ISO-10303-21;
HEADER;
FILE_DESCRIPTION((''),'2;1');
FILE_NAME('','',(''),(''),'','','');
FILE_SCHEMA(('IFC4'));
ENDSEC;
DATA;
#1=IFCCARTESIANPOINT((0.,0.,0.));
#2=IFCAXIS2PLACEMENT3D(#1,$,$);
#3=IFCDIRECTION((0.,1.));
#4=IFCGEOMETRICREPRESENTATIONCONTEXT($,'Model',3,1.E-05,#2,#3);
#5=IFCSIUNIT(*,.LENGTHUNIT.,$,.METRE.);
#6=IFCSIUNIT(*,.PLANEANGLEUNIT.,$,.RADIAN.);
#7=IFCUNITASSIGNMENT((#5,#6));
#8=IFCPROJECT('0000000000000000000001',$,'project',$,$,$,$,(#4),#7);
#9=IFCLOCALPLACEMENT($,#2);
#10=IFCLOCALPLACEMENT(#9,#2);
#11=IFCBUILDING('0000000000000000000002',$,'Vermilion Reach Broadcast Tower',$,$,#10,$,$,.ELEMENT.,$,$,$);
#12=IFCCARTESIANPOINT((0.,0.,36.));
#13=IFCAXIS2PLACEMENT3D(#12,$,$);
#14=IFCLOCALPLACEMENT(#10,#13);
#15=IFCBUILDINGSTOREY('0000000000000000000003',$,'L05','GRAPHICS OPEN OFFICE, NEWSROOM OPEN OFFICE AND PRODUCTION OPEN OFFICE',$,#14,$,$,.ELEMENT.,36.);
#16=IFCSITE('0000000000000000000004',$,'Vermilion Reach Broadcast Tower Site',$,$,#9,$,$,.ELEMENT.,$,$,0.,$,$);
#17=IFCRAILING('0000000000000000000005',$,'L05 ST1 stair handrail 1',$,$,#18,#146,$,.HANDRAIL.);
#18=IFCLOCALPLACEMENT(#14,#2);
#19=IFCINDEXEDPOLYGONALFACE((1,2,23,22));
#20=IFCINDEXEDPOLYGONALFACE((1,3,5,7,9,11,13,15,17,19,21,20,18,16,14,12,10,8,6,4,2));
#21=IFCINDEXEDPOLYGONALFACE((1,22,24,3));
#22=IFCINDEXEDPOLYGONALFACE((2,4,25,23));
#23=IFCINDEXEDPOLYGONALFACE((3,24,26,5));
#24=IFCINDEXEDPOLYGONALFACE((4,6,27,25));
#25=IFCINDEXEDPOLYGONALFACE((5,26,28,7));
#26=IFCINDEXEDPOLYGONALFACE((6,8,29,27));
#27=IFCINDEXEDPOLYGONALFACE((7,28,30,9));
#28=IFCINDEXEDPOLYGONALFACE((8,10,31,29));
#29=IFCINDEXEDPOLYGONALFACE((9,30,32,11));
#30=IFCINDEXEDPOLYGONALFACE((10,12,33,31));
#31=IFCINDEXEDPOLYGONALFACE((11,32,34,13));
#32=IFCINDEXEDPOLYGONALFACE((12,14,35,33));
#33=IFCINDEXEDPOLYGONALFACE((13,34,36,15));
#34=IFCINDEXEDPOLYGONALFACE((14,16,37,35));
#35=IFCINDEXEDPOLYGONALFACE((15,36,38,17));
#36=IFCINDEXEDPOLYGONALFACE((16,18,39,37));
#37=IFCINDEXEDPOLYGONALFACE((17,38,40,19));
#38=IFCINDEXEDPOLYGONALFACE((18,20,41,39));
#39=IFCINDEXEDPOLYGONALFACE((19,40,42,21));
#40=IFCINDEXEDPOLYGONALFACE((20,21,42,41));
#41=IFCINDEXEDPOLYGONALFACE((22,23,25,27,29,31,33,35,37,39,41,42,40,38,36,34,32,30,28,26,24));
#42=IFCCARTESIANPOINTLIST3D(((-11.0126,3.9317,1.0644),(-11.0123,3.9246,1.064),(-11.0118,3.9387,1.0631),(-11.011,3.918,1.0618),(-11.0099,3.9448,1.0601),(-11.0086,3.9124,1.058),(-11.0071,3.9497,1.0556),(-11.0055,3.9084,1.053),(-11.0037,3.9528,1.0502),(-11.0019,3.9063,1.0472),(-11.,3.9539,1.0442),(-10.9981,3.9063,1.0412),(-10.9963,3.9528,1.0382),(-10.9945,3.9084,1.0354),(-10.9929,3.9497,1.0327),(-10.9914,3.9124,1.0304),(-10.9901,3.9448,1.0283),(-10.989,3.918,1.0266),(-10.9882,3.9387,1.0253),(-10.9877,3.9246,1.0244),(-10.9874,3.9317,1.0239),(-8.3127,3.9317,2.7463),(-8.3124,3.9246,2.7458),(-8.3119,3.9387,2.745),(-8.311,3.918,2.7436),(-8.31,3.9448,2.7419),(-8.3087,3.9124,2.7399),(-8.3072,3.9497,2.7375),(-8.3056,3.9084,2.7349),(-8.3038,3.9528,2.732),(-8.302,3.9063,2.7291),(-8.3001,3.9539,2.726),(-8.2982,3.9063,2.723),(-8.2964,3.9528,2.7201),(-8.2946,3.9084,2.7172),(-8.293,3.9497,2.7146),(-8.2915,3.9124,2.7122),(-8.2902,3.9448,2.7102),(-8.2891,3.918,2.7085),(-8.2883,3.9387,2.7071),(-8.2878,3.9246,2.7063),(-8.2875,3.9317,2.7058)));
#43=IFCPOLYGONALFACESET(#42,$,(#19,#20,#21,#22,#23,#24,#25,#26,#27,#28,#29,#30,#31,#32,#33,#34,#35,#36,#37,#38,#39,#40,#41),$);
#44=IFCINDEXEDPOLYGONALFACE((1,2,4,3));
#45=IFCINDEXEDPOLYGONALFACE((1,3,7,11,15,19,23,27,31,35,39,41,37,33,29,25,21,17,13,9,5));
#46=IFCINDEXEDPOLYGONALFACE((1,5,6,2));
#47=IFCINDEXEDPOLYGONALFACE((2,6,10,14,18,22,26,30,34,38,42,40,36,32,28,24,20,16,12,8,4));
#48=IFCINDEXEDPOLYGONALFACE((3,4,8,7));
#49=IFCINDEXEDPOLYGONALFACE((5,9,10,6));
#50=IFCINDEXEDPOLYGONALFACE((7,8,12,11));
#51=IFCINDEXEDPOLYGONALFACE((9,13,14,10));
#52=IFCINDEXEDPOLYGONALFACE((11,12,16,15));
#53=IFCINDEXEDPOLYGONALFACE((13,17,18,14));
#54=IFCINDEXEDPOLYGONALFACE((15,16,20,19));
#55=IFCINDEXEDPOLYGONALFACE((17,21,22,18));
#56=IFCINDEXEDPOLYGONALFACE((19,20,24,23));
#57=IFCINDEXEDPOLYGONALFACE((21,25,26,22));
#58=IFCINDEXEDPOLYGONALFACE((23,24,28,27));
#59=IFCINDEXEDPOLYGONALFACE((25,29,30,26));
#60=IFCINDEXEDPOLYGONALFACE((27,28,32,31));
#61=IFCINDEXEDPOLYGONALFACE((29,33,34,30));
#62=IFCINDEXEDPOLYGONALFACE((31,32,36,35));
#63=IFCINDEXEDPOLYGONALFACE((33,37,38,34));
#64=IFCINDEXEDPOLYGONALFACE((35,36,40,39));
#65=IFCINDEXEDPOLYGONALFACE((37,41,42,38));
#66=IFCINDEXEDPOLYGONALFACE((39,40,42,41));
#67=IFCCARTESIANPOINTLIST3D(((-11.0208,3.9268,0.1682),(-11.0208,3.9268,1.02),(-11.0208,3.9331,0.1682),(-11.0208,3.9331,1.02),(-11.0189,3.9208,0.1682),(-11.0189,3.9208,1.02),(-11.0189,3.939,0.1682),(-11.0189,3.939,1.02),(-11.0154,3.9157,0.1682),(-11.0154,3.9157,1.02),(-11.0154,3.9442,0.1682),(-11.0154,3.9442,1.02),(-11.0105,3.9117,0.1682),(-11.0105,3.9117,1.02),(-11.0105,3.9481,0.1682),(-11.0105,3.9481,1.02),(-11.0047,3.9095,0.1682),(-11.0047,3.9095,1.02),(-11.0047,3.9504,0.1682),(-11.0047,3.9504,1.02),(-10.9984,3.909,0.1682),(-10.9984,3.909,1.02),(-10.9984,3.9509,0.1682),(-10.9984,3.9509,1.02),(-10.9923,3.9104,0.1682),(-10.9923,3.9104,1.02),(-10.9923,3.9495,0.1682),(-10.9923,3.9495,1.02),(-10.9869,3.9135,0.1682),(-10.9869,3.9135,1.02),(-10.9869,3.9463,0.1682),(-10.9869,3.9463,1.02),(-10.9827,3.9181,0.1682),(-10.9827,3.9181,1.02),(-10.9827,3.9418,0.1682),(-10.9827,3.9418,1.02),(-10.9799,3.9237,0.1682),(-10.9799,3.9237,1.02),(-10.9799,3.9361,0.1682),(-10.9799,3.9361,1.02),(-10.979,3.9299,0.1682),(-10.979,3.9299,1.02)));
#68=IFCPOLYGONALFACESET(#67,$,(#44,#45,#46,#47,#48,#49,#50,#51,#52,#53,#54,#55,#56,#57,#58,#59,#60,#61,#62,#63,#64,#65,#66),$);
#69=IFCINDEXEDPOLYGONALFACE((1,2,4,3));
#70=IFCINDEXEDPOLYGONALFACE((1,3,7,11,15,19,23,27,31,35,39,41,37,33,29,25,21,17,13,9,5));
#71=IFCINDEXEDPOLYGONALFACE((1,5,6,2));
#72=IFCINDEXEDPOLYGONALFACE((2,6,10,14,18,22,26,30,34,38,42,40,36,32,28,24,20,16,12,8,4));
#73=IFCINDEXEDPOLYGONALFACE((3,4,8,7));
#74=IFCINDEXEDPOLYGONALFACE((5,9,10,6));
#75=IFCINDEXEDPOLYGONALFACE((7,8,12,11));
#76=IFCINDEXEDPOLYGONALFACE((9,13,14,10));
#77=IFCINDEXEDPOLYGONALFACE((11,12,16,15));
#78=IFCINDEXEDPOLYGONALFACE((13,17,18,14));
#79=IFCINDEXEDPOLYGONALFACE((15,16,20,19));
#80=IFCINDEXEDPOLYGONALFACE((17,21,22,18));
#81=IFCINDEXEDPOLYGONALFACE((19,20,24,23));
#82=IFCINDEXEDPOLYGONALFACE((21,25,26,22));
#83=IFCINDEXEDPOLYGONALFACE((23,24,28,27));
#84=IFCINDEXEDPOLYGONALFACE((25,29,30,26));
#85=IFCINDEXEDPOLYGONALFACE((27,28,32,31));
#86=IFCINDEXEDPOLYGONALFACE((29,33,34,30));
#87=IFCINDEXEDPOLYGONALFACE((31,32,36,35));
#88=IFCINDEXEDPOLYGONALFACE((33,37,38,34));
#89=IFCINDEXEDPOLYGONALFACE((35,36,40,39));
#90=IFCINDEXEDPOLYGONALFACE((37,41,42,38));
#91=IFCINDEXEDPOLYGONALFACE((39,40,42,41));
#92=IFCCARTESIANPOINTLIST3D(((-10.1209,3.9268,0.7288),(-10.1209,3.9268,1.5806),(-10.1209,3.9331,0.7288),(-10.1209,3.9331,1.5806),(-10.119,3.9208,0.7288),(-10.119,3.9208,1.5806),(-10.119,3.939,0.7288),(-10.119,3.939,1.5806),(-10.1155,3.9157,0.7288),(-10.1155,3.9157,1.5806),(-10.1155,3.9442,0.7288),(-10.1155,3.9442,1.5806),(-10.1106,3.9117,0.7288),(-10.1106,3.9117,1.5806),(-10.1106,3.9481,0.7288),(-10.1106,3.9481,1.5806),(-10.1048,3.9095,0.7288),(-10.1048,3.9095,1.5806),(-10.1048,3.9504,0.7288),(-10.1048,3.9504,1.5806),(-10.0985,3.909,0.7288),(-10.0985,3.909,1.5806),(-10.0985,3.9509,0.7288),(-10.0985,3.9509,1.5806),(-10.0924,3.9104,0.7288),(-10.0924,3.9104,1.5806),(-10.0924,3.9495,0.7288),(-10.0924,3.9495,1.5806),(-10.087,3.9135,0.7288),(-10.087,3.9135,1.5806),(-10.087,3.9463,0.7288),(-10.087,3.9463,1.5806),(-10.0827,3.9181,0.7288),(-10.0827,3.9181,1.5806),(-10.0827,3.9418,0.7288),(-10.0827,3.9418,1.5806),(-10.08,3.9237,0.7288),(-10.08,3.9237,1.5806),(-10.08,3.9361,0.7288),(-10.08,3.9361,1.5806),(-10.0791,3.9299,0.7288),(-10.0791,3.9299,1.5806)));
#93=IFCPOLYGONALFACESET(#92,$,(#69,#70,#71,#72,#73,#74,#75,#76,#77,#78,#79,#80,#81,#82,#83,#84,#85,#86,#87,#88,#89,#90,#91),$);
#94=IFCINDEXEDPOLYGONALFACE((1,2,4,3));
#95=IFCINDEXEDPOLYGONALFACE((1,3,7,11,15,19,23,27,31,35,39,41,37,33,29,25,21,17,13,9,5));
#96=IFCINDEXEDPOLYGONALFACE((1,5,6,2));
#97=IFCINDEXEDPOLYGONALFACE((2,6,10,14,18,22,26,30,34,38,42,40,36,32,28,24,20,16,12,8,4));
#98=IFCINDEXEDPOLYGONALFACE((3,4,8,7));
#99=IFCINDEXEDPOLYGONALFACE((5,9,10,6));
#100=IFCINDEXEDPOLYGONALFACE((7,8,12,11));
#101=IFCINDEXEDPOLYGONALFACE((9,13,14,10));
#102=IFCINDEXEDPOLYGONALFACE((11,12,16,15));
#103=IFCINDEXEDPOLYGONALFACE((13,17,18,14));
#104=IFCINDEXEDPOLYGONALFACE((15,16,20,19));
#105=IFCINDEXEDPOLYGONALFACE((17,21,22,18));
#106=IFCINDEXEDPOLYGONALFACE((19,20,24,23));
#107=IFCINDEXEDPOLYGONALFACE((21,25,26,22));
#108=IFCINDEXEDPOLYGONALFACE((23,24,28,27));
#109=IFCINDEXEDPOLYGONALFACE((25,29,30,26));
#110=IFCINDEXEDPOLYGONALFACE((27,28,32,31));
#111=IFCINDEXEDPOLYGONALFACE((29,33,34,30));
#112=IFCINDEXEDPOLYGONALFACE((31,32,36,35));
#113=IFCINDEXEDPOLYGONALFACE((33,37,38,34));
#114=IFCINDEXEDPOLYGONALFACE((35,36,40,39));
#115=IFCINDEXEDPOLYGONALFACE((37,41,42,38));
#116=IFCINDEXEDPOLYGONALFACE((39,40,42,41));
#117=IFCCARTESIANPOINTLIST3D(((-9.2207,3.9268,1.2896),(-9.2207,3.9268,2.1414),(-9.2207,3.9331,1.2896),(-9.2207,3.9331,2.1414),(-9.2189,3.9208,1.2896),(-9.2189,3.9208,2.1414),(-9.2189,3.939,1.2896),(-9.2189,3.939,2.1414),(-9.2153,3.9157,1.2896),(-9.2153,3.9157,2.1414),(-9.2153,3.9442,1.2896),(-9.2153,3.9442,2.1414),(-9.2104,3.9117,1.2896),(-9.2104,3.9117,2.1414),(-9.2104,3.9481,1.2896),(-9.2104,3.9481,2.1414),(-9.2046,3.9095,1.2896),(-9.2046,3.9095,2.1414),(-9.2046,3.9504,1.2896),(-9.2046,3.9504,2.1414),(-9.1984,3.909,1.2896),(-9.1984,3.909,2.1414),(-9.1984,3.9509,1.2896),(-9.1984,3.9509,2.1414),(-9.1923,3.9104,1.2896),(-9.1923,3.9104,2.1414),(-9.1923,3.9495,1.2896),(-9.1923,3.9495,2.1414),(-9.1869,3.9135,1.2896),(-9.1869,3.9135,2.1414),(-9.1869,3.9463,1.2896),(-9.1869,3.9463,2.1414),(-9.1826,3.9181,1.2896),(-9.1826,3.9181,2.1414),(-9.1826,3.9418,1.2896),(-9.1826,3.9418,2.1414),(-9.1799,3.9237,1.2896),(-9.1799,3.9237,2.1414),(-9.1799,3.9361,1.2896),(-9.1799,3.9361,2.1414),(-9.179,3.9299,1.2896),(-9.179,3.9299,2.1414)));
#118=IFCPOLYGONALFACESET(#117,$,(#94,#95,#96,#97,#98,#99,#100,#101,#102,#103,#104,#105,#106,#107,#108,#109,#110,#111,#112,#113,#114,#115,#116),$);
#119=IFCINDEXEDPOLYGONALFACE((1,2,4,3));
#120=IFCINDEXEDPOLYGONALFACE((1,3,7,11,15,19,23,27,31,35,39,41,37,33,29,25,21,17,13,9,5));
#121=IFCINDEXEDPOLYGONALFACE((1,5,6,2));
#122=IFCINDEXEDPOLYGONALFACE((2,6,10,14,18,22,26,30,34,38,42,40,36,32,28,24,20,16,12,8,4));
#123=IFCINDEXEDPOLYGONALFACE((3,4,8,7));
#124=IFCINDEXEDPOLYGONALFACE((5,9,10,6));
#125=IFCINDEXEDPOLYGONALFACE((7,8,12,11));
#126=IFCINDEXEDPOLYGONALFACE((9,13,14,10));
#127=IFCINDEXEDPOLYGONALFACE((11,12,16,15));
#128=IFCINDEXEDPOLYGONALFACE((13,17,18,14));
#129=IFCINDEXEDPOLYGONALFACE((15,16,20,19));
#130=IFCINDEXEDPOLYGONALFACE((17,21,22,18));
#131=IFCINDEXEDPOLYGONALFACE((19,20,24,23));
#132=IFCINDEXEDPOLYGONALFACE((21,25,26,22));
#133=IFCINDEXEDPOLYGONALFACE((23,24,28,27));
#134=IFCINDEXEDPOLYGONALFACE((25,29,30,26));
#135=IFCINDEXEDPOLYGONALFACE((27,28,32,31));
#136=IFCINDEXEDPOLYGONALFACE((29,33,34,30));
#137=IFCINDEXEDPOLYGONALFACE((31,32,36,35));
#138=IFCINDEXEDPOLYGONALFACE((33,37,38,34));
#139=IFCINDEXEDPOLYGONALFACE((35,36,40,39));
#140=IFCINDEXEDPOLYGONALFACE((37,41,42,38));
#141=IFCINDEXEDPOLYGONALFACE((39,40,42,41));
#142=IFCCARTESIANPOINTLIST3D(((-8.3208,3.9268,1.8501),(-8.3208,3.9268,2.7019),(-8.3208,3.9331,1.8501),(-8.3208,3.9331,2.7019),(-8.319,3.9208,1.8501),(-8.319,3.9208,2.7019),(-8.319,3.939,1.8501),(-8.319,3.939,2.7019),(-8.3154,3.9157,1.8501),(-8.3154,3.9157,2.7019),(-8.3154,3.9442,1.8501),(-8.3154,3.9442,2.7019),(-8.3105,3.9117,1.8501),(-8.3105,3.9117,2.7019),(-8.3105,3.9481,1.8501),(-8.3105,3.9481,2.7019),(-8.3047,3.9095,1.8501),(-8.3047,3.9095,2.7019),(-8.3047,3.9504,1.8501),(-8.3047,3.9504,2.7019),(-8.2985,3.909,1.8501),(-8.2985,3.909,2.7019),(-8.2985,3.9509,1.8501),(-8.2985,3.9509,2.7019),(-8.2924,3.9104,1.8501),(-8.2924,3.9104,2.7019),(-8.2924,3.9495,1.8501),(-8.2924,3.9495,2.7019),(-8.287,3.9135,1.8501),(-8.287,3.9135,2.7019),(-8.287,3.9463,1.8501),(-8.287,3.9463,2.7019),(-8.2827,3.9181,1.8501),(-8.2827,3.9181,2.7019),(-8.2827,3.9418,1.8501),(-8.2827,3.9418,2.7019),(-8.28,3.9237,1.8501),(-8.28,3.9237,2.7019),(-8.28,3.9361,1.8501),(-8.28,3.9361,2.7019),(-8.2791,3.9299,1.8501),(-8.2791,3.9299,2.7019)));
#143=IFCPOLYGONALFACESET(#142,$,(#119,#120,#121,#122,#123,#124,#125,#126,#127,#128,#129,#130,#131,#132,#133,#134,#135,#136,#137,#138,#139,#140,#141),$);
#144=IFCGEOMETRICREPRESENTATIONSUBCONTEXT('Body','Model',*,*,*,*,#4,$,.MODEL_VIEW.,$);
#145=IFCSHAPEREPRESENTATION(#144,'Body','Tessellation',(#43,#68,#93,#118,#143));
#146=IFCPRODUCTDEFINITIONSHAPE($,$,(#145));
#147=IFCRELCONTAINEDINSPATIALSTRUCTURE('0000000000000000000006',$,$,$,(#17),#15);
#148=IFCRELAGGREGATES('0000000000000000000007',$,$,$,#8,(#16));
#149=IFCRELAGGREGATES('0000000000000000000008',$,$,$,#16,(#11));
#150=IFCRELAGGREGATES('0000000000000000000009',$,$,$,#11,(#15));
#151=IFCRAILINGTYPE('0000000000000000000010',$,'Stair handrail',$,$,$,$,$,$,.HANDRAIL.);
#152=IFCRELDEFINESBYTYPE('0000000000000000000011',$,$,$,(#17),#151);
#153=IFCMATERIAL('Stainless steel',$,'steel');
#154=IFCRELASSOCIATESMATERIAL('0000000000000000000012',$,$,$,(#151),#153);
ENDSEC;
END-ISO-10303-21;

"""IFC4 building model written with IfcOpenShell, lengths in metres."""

from ifc_helpers import new_model, si_unit, direction, frame, origin, origin_2d, place, context, subcontext, project, spatial, circle, extrude, material, type_object, element, save


model = new_model("IFC4")

# Units and contexts
model_context = context("Model", 3, precision=1e-05, world=origin(), true_north=direction((0.0, 1.0)))
body_context = subcontext(model_context, "Body", "Model", "MODEL_VIEW")
ifc_project = project(units=[si_unit("LENGTHUNIT", "METRE"), si_unit("PLANEANGLEUNIT", "RADIAN")], contexts=[model_context])

# Site, building, storey
site_placement = place(None, origin())
site = spatial("IfcSite", under=ifc_project, at=site_placement, Name="Vermilion Reach Broadcast Tower Site", CompositionType="ELEMENT", RefElevation=0.0)
building_placement = place(site_placement, origin())
building = spatial("IfcBuilding", under=site, at=building_placement, Name="Vermilion Reach Broadcast Tower", CompositionType="ELEMENT")
storey_placement = place(building_placement, frame((0.0, 0.0, 36.0)))
storey = spatial("IfcBuildingStorey", under=building, at=storey_placement, Name="L05", Description="GRAPHICS OPEN OFFICE, NEWSROOM OPEN OFFICE AND PRODUCTION OPEN OFFICE", CompositionType="ELEMENT", Elevation=36.0)

# Railing
ifc_material_1 = material(Name="Stainless steel", Category="steel")
railing_type_1 = type_object("IfcRailingType", Name="Stair handrail", PredefinedType="HANDRAIL", material=ifc_material_1)
railing_1_placement = place(storey_placement, frame((-11.0, 3.9299, 0.1682)))
element("IfcRailing", 1, at=railing_1_placement, inside=storey, type_object=railing_type_1, Name="L05 ST1 stair handrail 1", PredefinedType="HANDRAIL", context=body_context, shape_type="SweptSolid", body=[
    extrude(circle(Radius=0.0239, at=origin_2d()), frame((0.0, 0.0, 0.876), z_axis=(0.848786, 0.0, 0.528736), x_axis=(0.0, 1.0, 0.0)), (0.0, 0.0, 1.0), 3.1809),
    extrude(circle(Radius=0.021, at=origin_2d()), origin(), (0.0, 0.0, 1.0), 0.8518),
    extrude(circle(Radius=0.021, at=origin_2d()), frame((0.8999, 0.0, 0.5605)), (0.0, 0.0, 1.0), 0.8518),
    extrude(circle(Radius=0.021, at=origin_2d()), frame((1.8, 0.0, 1.1213)), (0.0, 0.0, 1.0), 0.8518),
    extrude(circle(Radius=0.021, at=origin_2d()), frame((2.7, 0.0, 1.6819)), (0.0, 0.0, 1.0), 0.8518),
])

save(model, "model.ifc")
